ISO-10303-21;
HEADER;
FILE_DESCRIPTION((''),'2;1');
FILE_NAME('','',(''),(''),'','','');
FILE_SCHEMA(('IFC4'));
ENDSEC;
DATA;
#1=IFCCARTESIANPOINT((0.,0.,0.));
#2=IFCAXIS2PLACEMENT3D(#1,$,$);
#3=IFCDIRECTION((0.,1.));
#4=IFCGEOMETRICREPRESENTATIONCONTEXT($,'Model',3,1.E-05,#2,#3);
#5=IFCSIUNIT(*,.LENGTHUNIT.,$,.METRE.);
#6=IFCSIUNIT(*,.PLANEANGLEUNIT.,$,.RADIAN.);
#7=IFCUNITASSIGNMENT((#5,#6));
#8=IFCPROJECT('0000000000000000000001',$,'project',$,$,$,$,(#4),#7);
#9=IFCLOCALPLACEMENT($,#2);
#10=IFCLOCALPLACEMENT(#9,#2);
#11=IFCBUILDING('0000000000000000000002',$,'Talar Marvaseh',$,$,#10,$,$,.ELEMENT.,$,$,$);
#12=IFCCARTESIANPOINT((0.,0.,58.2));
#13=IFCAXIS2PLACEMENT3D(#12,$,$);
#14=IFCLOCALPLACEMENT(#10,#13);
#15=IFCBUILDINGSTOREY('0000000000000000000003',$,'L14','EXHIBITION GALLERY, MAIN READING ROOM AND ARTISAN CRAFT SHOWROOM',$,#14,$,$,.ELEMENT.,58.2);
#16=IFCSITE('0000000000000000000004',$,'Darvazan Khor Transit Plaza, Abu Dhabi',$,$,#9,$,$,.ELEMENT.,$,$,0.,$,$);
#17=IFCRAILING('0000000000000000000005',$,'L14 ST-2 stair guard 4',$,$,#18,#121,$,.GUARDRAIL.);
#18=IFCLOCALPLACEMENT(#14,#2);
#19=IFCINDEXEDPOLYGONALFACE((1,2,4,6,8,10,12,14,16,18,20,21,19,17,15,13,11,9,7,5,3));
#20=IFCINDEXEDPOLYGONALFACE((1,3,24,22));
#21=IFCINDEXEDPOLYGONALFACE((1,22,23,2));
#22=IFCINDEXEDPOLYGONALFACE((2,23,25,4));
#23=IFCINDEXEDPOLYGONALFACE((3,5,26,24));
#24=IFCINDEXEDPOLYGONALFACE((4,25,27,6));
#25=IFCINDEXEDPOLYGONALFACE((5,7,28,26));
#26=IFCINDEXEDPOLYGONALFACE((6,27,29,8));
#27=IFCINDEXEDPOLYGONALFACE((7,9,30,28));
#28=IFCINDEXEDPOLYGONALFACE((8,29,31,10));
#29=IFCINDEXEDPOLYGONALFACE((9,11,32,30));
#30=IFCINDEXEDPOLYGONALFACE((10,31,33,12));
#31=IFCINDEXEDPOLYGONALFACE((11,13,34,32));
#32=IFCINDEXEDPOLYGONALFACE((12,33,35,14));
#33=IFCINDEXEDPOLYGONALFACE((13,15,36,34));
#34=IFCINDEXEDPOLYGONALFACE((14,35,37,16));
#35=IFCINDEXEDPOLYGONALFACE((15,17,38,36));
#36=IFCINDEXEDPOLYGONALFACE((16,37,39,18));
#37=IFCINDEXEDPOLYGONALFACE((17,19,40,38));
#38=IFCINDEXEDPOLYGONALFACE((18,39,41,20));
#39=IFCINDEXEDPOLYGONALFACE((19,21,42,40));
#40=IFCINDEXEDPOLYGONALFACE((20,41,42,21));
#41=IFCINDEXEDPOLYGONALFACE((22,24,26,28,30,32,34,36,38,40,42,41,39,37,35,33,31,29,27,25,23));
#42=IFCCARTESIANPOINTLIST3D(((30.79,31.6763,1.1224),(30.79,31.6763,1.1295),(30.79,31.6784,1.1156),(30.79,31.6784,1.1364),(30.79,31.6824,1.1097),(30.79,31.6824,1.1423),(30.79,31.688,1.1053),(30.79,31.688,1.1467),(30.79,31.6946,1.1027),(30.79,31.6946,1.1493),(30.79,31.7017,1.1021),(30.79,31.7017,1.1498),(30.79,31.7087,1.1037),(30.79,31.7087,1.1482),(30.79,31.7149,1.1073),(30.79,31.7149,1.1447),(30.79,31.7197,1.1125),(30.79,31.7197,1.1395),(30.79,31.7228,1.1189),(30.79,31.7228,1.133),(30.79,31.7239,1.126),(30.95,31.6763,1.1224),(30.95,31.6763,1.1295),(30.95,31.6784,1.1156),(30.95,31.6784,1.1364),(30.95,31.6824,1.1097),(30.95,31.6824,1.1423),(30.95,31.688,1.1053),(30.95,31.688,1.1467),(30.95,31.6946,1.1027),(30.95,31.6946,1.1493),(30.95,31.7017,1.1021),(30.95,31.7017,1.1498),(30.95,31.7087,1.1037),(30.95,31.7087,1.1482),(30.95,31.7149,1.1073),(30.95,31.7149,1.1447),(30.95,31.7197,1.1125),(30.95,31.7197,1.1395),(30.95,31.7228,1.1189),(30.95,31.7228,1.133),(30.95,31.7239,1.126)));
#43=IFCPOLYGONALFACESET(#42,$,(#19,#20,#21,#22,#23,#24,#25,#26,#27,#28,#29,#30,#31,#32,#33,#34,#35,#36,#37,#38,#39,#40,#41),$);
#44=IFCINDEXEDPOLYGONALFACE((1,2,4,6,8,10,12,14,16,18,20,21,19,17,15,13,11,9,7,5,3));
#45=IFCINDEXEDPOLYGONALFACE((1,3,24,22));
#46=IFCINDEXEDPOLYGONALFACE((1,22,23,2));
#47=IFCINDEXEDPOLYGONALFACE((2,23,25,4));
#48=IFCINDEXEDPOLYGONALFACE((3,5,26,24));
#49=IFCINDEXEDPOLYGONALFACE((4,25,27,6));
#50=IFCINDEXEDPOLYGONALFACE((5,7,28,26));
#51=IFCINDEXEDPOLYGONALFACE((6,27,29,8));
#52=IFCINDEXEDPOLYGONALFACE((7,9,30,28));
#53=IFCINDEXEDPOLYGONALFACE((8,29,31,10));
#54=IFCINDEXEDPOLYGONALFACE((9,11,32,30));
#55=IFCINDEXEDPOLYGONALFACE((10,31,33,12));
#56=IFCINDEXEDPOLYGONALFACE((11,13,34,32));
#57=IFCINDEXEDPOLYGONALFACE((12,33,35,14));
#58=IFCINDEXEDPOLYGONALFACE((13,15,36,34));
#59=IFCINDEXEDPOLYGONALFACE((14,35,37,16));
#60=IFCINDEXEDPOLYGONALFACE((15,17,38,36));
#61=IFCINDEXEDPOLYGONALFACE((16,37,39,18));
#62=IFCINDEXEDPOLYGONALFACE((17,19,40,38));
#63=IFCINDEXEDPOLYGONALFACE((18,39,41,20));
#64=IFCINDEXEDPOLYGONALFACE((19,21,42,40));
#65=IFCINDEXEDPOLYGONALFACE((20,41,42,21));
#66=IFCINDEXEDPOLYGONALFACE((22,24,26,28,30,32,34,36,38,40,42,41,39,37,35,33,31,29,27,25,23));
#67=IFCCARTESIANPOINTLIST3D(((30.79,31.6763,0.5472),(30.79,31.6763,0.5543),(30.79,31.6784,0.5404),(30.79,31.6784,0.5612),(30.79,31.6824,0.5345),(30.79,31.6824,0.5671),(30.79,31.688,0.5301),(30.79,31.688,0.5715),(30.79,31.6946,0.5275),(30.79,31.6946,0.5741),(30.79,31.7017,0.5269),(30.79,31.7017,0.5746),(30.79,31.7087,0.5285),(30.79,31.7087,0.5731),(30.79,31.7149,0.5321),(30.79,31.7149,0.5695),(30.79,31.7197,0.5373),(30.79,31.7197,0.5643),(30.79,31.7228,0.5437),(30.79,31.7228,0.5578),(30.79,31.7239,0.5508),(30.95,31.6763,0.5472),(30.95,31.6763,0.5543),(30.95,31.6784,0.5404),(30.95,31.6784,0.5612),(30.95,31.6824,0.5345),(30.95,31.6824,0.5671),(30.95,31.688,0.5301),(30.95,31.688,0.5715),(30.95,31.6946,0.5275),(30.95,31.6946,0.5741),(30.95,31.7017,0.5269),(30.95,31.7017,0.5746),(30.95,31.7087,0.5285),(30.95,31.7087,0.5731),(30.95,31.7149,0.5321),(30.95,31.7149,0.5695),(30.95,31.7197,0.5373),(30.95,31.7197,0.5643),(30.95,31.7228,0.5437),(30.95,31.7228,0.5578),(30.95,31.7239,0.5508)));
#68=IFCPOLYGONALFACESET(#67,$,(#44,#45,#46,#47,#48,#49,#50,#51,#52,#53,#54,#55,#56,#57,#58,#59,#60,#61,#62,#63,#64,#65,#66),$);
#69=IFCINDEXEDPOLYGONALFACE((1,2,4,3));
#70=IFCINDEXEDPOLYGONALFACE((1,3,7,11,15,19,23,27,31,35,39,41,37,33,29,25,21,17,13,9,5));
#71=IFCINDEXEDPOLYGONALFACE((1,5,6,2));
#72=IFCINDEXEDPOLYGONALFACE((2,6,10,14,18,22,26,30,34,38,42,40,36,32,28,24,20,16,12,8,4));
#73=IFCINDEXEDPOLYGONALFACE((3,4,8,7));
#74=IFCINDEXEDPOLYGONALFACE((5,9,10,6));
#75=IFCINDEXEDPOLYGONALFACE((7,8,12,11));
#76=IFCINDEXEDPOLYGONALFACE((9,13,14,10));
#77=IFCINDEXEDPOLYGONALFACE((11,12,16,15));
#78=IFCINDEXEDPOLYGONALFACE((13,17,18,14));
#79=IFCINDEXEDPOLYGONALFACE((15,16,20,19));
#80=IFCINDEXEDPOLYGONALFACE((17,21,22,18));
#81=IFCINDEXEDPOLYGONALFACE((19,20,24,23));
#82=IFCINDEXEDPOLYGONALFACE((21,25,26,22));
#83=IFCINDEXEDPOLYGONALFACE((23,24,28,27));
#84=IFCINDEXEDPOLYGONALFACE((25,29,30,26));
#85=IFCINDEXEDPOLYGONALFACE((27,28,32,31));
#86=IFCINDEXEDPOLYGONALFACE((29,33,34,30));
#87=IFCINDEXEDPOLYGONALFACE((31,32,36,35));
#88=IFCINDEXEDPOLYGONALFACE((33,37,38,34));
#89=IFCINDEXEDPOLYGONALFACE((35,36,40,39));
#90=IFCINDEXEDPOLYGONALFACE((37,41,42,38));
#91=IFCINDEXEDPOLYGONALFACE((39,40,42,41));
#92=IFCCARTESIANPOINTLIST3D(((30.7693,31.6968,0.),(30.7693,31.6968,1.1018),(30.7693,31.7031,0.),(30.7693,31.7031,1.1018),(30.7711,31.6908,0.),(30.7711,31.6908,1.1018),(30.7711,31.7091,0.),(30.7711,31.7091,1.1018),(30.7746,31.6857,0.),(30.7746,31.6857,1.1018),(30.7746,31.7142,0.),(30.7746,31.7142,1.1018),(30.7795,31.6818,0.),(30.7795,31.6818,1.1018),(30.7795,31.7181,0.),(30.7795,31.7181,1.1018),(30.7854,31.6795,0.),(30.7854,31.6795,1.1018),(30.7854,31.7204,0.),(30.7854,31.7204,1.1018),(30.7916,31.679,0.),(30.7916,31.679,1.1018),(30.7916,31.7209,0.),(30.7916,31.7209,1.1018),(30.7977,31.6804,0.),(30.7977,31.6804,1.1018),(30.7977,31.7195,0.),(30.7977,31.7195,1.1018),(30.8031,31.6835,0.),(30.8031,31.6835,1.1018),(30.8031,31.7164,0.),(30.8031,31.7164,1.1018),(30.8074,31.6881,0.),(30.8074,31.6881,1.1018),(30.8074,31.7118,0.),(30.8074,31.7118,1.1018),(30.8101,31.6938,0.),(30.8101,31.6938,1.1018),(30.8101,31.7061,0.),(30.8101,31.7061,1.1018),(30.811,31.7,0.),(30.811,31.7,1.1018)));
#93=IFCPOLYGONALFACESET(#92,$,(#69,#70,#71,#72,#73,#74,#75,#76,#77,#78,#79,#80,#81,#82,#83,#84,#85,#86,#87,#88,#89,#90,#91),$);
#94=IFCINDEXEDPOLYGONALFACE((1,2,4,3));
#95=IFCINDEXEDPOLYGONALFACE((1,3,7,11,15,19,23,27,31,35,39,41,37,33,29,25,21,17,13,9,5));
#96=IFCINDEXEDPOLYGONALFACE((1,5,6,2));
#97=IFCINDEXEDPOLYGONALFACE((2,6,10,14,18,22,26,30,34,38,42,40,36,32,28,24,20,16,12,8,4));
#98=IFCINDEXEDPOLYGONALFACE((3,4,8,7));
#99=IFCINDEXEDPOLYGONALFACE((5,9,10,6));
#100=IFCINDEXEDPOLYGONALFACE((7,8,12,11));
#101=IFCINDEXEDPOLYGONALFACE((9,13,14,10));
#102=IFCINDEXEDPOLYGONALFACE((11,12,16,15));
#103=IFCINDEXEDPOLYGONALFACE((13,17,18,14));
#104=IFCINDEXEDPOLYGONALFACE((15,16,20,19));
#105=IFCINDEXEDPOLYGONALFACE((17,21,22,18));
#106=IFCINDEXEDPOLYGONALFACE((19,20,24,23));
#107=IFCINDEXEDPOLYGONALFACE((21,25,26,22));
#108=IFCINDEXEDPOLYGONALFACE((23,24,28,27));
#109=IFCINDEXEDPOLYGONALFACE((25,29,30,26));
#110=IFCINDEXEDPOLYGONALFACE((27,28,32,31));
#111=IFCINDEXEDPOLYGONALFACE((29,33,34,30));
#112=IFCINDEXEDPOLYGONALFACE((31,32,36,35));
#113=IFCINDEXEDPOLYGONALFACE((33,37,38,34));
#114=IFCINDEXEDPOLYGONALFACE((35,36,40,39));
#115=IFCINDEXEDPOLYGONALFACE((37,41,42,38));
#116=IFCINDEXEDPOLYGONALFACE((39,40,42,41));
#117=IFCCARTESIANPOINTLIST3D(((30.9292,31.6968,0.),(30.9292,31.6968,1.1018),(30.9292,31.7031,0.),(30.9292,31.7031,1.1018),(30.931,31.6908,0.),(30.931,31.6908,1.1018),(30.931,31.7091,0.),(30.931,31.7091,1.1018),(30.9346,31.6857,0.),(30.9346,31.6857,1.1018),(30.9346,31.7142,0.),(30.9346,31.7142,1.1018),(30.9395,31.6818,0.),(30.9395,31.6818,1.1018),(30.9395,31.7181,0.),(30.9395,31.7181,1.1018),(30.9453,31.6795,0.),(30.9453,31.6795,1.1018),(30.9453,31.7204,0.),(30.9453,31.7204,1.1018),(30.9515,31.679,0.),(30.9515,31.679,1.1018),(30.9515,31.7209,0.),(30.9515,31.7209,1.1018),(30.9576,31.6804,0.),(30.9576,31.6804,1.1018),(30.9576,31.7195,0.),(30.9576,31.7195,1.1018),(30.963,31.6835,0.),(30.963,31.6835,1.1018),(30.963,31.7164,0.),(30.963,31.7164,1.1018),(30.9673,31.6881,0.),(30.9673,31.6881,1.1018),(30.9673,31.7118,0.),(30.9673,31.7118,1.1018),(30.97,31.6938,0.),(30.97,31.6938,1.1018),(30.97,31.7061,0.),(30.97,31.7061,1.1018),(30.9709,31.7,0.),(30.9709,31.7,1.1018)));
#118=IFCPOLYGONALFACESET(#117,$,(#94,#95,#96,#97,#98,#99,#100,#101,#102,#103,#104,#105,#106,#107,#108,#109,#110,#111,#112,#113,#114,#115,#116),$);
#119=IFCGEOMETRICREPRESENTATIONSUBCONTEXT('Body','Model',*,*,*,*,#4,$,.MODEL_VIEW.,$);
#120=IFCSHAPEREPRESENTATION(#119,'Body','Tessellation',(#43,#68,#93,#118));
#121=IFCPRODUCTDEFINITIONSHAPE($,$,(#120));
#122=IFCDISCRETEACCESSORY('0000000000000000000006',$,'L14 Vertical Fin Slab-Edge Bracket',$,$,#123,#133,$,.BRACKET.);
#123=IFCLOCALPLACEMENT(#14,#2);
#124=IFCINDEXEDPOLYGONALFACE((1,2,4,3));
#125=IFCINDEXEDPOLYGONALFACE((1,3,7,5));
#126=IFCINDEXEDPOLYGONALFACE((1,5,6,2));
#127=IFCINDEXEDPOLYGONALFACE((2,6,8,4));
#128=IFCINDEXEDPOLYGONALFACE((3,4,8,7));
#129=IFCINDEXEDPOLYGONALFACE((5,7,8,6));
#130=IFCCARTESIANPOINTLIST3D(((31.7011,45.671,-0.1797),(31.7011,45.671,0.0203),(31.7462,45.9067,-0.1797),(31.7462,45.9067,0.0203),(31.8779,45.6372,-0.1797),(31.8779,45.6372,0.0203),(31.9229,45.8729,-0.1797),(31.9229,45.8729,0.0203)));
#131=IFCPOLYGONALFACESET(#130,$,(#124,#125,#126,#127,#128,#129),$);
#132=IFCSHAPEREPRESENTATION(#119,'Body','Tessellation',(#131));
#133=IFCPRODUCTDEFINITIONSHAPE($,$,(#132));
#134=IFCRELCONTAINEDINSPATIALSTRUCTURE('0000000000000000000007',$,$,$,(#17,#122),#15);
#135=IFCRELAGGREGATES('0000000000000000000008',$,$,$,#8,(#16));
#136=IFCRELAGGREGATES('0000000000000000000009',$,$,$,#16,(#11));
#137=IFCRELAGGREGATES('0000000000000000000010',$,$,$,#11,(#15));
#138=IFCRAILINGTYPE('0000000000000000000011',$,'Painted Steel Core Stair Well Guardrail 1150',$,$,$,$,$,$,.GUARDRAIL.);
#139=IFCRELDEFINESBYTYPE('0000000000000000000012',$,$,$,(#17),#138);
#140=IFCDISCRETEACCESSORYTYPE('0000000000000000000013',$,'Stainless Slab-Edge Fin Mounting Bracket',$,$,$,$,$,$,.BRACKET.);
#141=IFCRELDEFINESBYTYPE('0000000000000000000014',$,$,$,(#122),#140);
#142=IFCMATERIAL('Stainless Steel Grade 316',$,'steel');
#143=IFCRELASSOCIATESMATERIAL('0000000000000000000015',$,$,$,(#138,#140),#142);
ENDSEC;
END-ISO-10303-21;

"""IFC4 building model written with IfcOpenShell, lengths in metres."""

from ifc_helpers import new_model, si_unit, direction, frame, origin, origin_2d, place, context, subcontext, project, spatial, rectangle, circle, extrude, source, transform, mapped, material, type_object, type_shapes, element, save


model = new_model("IFC4")

# Units and contexts
model_context = context("Model", 3, precision=1e-05, world=origin(), true_north=direction((0.0, 1.0)))
body_context = subcontext(model_context, "Body", "Model", "MODEL_VIEW")
ifc_project = project(units=[si_unit("LENGTHUNIT", "METRE"), si_unit("PLANEANGLEUNIT", "RADIAN")], contexts=[model_context])

# Site, building, storey
site_placement = place(None, origin())
site = spatial("IfcSite", under=ifc_project, at=site_placement, Name="Darvazan Khor Transit Plaza, Abu Dhabi", CompositionType="ELEMENT", RefElevation=0.0)
building_placement = place(site_placement, origin())
building = spatial("IfcBuilding", under=site, at=building_placement, Name="Talar Marvaseh", CompositionType="ELEMENT")
storey_placement = place(building_placement, frame((0.0, 0.0, 58.2)))
storey = spatial("IfcBuildingStorey", under=building, at=storey_placement, Name="L14", Description="EXHIBITION GALLERY, MAIN READING ROOM AND ARTISAN CRAFT SHOWROOM", CompositionType="ELEMENT", Elevation=58.2)

# Shared definitions
ifc_material_1 = material(Name="Stainless Steel Grade 316", Category="steel")

# Railing
railing_type = type_object("IfcRailingType", Name="Painted Steel Core Stair Well Guardrail 1150", PredefinedType="GUARDRAIL", material=ifc_material_1)
railing_1_placement = place(storey_placement, frame((30.79, 31.7, 0.0)))
element("IfcRailing", 1, at=railing_1_placement, inside=storey, type_object=railing_type, Name="L14 ST-2 stair guard 4", PredefinedType="GUARDRAIL", context=body_context, shape_type="SweptSolid", body=[
    extrude(circle(Radius=0.0239, at=origin_2d()), frame((0.0, 0.0, 1.126), z_axis=(1.0, 0.0, 0.0), x_axis=(0.0, 1.0, 0.0)), (0.0, 0.0, 1.0), 0.1599),
    extrude(circle(Radius=0.0239, at=origin_2d()), frame((0.0, 0.0, 0.5508), z_axis=(1.0, 0.0, 0.0), x_axis=(0.0, 1.0, 0.0)), (0.0, 0.0, 1.0), 0.1599),
    extrude(circle(Radius=0.021, at=origin_2d()), origin(), (0.0, 0.0, 1.0), 1.1018),
    extrude(circle(Radius=0.021, at=origin_2d()), frame((0.1599, 0.0, 0.0)), (0.0, 0.0, 1.0), 1.1018),
])

# Discrete accessory
discrete_accessory_type = type_object("IfcDiscreteAccessoryType", Name="Stainless Slab-Edge Fin Mounting Bracket", PredefinedType="BRACKET", material=ifc_material_1)
shared_shape_1 = source(origin(), body_context, "Body", "SweptSolid", [
    extrude(rectangle(XDim=0.24, YDim=0.1799, at=origin_2d()), origin(), (0.0, 0.0, 1.0), 0.2),
])
type_shapes(discrete_accessory_type, [shared_shape_1])
discrete_accessory_placement = place(storey_placement, frame((31.812, 45.772, -0.1797), z_axis=(0.0, 0.0, 1.0), x_axis=(0.187724, 0.982222, 0.0)))
element("IfcDiscreteAccessory", 2, at=discrete_accessory_placement, inside=storey, type_object=discrete_accessory_type, Name="L14 Vertical Fin Slab-Edge Bracket", PredefinedType="BRACKET", context=body_context, shape_type="MappedRepresentation", body=[
    mapped(shared_shape_1, transform((0.0, 0.0, 0.0), x_axis=(1.0, 0.0, 0.0), y_axis=(0.0, 1.0, 0.0), z_axis=(0.0, 0.0, 1.0), scale=1.0)),
])

save(model, "model.ifc")
